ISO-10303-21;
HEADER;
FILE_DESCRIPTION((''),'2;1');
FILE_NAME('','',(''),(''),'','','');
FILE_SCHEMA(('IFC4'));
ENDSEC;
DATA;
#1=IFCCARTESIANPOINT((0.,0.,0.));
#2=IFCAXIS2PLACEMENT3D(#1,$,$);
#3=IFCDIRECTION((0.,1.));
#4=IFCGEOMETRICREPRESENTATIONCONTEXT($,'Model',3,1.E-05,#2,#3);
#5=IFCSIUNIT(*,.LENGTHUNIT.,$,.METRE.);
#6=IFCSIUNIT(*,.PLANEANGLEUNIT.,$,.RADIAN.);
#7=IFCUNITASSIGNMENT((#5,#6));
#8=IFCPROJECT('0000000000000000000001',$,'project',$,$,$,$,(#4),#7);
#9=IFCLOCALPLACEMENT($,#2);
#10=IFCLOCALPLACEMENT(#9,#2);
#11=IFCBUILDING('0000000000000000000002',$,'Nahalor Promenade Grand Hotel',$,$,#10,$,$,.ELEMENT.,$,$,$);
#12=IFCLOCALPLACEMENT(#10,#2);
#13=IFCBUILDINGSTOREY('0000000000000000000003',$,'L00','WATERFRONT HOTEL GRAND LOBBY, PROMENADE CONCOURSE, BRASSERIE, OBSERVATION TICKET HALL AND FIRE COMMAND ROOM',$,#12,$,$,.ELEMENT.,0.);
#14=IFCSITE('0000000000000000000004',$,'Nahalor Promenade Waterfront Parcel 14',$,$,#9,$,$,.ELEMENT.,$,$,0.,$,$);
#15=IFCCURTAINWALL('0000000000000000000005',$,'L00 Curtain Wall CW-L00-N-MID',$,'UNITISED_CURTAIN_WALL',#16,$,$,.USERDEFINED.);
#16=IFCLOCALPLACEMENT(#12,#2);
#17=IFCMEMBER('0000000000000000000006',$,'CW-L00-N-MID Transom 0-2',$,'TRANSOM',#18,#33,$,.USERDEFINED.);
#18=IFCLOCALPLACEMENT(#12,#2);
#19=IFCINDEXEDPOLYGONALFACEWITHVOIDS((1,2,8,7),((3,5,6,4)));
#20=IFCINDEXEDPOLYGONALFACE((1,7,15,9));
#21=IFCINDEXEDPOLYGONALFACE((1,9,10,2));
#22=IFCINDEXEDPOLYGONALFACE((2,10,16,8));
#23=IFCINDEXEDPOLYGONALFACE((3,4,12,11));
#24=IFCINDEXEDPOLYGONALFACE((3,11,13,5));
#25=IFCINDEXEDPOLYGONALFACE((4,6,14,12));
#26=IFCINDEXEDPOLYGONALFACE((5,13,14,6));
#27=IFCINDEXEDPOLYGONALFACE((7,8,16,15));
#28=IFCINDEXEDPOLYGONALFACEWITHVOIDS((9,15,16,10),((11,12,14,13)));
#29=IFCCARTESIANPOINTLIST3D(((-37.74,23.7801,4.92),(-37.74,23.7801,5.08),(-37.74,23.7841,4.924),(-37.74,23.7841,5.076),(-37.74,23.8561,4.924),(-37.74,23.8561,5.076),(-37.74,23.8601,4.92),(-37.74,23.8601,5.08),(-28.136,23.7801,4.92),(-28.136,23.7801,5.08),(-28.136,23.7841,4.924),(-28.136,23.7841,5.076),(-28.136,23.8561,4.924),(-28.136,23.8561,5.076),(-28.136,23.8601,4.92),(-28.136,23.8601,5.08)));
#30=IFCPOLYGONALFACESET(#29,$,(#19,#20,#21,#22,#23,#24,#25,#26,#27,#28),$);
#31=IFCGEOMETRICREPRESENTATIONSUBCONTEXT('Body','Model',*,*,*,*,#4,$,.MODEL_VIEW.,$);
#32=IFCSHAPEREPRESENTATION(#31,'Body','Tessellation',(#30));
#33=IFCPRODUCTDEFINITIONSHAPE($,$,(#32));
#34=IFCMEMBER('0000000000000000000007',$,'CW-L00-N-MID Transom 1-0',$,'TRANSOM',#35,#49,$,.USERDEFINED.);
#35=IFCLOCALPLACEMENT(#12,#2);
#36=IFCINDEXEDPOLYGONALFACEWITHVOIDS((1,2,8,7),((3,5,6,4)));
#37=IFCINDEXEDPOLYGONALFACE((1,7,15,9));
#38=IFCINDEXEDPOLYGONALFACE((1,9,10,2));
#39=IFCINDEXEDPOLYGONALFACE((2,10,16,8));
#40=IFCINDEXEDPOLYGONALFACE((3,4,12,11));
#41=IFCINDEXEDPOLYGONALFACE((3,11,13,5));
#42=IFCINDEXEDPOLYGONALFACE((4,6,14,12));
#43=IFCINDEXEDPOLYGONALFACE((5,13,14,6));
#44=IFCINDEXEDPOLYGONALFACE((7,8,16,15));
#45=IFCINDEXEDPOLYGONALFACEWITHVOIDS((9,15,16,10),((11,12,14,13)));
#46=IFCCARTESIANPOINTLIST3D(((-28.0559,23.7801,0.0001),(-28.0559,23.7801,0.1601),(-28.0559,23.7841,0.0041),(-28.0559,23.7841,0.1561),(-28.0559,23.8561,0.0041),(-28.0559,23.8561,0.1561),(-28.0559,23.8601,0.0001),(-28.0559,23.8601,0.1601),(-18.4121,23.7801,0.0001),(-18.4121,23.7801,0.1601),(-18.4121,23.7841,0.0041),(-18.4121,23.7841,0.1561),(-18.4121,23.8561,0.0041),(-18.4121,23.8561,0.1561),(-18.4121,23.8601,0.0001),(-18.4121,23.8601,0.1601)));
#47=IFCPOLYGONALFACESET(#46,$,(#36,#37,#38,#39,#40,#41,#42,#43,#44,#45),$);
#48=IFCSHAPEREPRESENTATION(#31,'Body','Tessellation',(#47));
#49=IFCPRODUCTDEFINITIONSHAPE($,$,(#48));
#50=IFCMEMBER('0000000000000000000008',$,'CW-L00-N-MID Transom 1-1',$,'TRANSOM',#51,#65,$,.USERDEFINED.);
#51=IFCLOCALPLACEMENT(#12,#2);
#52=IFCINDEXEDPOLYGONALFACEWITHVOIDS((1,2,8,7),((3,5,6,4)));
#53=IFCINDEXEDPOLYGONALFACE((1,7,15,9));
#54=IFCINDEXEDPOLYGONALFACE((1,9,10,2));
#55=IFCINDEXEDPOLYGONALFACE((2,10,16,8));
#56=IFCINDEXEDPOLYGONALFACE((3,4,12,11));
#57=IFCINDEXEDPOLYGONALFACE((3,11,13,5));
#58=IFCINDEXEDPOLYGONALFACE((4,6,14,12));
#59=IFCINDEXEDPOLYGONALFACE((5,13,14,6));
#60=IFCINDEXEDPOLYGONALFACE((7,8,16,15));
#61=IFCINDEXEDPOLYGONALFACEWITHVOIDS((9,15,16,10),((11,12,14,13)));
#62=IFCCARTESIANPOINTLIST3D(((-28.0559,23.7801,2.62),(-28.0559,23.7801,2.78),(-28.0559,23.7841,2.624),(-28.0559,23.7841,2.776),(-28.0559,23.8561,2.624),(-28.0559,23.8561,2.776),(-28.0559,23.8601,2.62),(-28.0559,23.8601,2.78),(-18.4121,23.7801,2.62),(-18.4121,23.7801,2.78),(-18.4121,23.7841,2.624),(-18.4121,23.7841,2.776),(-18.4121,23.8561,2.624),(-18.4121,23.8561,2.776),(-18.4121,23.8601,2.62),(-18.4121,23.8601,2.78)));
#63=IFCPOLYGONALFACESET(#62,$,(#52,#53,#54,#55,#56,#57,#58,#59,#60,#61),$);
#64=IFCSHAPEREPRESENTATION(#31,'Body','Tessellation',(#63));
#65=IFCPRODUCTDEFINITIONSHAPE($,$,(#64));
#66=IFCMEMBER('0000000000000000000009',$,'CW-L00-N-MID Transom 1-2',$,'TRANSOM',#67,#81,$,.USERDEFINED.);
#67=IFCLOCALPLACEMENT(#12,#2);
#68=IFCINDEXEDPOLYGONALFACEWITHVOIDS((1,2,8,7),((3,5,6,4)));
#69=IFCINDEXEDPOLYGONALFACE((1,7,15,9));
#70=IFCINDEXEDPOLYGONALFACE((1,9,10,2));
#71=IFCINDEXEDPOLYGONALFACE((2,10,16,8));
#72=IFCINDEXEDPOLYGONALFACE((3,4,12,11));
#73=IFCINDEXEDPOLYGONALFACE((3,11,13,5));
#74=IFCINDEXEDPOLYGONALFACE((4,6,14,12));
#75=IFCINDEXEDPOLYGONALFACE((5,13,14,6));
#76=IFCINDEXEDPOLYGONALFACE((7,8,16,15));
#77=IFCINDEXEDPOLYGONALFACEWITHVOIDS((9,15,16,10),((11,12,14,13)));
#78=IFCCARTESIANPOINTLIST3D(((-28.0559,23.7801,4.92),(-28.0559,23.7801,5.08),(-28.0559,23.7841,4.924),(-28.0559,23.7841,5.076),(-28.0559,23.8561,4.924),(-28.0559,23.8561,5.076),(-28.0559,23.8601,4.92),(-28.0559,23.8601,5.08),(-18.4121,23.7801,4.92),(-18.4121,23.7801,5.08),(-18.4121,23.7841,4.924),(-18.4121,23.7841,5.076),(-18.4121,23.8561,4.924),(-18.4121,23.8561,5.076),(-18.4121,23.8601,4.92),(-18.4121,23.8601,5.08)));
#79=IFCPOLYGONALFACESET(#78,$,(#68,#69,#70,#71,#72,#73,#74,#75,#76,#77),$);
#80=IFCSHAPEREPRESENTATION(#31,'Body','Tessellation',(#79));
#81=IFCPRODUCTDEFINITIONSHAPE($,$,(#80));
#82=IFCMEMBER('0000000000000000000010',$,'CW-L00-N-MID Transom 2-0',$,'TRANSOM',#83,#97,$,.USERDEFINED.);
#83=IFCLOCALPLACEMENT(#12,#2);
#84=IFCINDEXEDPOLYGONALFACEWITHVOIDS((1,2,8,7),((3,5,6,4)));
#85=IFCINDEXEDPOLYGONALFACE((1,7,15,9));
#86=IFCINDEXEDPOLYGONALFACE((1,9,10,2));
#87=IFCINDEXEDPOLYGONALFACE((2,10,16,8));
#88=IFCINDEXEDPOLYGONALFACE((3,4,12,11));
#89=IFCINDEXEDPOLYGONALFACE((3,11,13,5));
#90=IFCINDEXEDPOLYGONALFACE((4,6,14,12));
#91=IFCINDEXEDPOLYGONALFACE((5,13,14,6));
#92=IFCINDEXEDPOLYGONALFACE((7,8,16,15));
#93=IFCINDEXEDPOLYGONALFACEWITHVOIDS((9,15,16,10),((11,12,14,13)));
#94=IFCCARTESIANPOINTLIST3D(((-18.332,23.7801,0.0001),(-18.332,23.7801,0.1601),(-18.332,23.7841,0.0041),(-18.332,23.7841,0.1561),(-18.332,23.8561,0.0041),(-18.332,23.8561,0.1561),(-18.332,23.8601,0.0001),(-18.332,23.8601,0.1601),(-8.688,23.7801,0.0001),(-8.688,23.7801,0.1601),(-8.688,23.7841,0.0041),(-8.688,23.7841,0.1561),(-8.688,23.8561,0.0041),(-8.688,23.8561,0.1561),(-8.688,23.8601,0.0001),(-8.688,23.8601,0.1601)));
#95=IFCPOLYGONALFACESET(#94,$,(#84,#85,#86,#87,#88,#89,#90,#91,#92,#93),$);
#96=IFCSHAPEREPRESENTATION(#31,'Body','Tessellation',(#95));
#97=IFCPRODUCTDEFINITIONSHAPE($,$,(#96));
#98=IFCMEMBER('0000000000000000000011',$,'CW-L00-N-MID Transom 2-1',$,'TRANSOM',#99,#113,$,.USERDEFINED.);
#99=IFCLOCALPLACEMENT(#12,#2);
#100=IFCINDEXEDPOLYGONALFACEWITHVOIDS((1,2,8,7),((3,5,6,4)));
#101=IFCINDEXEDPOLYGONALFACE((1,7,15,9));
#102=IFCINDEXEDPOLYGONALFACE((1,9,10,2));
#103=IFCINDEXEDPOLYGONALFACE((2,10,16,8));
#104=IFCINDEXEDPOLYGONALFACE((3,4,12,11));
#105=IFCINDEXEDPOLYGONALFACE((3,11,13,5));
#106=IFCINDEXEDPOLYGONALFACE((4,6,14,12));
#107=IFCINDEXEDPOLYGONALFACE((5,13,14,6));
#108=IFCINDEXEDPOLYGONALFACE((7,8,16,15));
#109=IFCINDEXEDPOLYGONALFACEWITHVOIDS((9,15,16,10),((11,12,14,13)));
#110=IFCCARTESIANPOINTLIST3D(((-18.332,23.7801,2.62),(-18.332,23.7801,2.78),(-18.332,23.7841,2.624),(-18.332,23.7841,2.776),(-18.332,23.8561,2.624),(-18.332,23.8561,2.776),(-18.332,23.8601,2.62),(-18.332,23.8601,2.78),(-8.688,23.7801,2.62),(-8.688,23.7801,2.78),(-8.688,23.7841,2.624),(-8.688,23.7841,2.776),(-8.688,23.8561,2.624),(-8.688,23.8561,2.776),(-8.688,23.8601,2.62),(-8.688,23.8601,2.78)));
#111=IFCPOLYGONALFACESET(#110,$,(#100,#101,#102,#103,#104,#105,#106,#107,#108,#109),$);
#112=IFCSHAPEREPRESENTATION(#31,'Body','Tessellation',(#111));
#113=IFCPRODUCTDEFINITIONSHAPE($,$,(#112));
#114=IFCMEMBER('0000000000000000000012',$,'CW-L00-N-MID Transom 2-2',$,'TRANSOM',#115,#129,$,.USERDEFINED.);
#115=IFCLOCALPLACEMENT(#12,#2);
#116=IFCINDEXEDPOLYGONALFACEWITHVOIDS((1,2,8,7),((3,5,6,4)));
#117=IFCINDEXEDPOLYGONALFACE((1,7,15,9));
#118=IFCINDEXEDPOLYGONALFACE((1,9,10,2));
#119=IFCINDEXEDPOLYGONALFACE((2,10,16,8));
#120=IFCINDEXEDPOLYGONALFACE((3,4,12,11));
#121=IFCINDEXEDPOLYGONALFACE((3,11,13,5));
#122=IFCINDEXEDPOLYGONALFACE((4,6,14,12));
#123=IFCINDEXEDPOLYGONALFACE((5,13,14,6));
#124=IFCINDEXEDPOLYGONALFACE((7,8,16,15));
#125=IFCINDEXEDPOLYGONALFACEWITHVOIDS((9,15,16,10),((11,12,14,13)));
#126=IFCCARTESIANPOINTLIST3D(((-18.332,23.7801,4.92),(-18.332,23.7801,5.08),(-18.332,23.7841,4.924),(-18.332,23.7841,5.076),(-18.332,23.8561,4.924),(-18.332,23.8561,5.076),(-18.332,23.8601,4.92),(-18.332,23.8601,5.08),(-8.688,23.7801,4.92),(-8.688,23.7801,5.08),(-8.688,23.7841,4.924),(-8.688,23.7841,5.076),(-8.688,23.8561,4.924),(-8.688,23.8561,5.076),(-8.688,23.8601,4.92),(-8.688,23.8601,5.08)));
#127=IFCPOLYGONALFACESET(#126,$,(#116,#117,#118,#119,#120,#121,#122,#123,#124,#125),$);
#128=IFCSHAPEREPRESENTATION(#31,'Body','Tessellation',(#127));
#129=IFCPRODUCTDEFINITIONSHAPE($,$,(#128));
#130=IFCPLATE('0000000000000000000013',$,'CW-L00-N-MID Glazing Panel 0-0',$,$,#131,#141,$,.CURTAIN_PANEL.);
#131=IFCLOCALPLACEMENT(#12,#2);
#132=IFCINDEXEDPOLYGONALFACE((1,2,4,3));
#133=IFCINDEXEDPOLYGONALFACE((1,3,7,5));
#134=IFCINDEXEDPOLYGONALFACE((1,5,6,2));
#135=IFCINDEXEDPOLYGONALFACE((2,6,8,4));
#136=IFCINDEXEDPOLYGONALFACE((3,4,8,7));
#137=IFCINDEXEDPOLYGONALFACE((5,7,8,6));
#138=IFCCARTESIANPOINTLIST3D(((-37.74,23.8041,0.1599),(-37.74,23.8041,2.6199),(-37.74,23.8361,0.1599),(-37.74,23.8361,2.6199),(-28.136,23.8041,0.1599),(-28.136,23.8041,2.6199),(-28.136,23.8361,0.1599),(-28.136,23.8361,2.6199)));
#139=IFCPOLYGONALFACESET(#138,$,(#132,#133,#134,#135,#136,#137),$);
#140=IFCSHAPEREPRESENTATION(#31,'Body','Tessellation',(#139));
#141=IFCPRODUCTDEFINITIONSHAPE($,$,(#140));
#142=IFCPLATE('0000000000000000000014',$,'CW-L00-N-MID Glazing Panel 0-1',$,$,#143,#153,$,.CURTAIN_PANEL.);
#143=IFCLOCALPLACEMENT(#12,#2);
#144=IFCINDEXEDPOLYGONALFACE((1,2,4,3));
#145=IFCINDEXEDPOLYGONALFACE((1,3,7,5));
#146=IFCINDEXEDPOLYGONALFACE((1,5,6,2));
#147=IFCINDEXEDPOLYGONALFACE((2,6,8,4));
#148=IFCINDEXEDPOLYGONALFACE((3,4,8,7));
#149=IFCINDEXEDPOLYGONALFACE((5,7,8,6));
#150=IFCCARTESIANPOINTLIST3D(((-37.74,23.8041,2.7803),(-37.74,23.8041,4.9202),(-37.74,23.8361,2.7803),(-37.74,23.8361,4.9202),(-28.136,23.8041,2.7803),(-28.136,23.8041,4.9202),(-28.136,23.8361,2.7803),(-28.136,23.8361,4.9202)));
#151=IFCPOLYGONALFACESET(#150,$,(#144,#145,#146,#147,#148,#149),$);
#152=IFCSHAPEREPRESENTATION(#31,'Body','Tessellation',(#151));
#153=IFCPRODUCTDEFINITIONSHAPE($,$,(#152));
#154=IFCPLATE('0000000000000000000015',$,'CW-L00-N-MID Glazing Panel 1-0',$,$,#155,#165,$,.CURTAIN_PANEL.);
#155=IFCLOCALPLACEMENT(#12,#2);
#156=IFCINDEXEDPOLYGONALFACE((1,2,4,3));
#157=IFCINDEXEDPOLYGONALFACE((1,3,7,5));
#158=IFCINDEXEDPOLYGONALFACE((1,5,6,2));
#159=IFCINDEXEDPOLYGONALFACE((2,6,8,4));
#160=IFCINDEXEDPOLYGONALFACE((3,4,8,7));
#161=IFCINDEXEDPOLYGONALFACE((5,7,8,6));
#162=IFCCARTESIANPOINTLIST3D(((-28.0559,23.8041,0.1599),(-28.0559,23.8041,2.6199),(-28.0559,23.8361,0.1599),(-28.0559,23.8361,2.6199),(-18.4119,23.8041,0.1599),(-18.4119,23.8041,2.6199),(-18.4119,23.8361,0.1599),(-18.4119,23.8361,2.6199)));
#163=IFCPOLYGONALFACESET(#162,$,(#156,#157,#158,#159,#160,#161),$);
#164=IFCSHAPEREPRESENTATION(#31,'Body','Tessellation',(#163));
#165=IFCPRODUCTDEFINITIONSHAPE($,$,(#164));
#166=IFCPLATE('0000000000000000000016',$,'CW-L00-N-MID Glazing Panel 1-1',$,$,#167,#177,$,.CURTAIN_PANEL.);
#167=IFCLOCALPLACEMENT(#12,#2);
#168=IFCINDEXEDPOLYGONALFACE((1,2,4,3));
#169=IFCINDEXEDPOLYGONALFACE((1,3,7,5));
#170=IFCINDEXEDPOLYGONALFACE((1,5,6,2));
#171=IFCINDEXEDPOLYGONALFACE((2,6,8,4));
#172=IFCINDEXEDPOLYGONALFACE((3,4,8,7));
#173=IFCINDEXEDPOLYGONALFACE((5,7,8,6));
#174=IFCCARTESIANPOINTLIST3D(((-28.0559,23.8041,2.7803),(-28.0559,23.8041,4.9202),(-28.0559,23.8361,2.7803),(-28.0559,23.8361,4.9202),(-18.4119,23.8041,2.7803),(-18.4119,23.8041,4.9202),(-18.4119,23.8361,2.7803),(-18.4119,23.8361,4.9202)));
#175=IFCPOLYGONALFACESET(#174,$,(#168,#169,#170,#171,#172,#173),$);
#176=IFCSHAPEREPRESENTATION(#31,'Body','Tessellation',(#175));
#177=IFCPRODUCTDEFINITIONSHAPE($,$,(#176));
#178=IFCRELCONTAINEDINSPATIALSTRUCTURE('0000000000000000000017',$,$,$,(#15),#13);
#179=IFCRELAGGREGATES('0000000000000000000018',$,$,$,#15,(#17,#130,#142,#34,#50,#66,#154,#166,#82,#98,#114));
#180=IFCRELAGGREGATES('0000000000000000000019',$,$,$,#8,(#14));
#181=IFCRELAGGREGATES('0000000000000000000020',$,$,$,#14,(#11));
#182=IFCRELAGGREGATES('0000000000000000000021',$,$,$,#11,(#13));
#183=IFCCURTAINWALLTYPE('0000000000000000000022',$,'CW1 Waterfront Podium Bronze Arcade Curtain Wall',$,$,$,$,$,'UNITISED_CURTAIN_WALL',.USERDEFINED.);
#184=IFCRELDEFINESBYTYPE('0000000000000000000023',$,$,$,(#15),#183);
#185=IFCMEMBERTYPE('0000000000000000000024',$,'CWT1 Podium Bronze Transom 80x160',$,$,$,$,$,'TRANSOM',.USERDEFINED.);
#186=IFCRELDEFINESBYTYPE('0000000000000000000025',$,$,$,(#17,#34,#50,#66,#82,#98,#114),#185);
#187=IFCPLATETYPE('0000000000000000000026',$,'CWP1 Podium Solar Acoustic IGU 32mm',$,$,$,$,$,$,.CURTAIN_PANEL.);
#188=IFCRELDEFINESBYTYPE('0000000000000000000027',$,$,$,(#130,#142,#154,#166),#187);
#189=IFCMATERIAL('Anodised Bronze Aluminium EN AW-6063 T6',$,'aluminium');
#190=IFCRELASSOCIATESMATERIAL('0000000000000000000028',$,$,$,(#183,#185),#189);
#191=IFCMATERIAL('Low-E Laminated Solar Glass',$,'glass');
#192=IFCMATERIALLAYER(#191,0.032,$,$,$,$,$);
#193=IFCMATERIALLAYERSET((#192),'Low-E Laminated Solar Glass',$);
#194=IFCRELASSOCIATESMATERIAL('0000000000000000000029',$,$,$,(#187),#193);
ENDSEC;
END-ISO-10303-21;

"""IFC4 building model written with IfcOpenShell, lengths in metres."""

from ifc_helpers import new_model, si_unit, direction, frame, origin, origin_2d, place, context, subcontext, project, spatial, rectangle, hollow_rectangle, extrude, source, transform, mapped, material, layer, layer_set, material_profile, profile_set, type_object, element, aggregate, save


model = new_model("IFC4")

# Units and contexts
model_context = context("Model", 3, precision=1e-05, world=origin(), true_north=direction((0.0, 1.0)))
body_context = subcontext(model_context, "Body", "Model", "MODEL_VIEW")
ifc_project = project(units=[si_unit("LENGTHUNIT", "METRE"), si_unit("PLANEANGLEUNIT", "RADIAN")], contexts=[model_context])

# Site, building, storey
site_placement = place(None, origin())
site = spatial("IfcSite", under=ifc_project, at=site_placement, Name="Nahalor Promenade Waterfront Parcel 14", CompositionType="ELEMENT", RefElevation=0.0)
building_placement = place(site_placement, origin())
building = spatial("IfcBuilding", under=site, at=building_placement, Name="Nahalor Promenade Grand Hotel", CompositionType="ELEMENT")
storey_placement = place(building_placement, origin())
storey = spatial("IfcBuildingStorey", under=building, at=storey_placement, Name="L00", Description="WATERFRONT HOTEL GRAND LOBBY, PROMENADE CONCOURSE, BRASSERIE, OBSERVATION TICKET HALL AND FIRE COMMAND ROOM", CompositionType="ELEMENT", Elevation=0.0)

# Curtain wall
ifc_material_1 = material(Name="Anodised Bronze Aluminium EN AW-6063 T6", Category="aluminium")
curtain_wall_type = type_object("IfcCurtainWallType", Name="CW1 Waterfront Podium Bronze Arcade Curtain Wall", ElementType="UNITISED_CURTAIN_WALL", PredefinedType="USERDEFINED", material=ifc_material_1)
curtain_wall_1_placement = place(storey_placement, origin())
curtain_wall_1 = element("IfcCurtainWall", 1, at=curtain_wall_1_placement, inside=storey, type_object=curtain_wall_type, Name="L00 Curtain Wall CW-L00-N-MID", ObjectType="UNITISED_CURTAIN_WALL", PredefinedType="USERDEFINED")

# Members
ifc_material_profile_1 = material_profile(ifc_material_1, hollow_rectangle(XDim=0.08, YDim=0.16, WallThickness=0.004, at=origin_2d()), Name="CWT 80x160x4")
ifc_profile_set_1 = profile_set([ifc_material_profile_1], Name="Anodised Bronze Aluminium EN AW-6063 T6")
member_type_1 = type_object("IfcMemberType", Name="CWT1 Podium Bronze Transom 80x160", ElementType="TRANSOM", PredefinedType="USERDEFINED", material=ifc_profile_set_1)
shared_shape_1 = source(origin(), body_context, "Body", "SweptSolid", [
    extrude(hollow_rectangle(XDim=0.08, YDim=0.16, WallThickness=0.004, at=origin_2d()), origin(), (0.0, 0.0, 1.0), 9.604),
])
member_1_placement = place(storey_placement, frame((-37.74, 23.8201, 5.0), z_axis=(1.0, 0.0, 0.0), x_axis=(0.0, 1.0, 0.0)))
member_1 = element("IfcMember", 2, at=member_1_placement, type_object=member_type_1, Name="CW-L00-N-MID Transom 0-2", ObjectType="TRANSOM", PredefinedType="USERDEFINED", context=body_context, shape_type="MappedRepresentation", body=[
    mapped(shared_shape_1, transform((0.0, 0.0, 0.0), scale=1.0)),
])
shared_shape_2 = source(origin(), body_context, "Body", "SweptSolid", [
    extrude(hollow_rectangle(XDim=0.08, YDim=0.16, WallThickness=0.004, at=origin_2d()), origin(), (0.0, 0.0, 1.0), 9.6438),
])
member_2_placement = place(storey_placement, frame((-28.0559, 23.8201, 0.0801), z_axis=(1.0, 0.0, 0.0), x_axis=(0.0, 1.0, 0.0)))
member_2 = element("IfcMember", 3, at=member_2_placement, type_object=member_type_1, Name="CW-L00-N-MID Transom 1-0", ObjectType="TRANSOM", PredefinedType="USERDEFINED", context=body_context, shape_type="MappedRepresentation", body=[
    mapped(shared_shape_2, transform((0.0, 0.0, 0.0), scale=1.0)),
])
member_3_placement = place(storey_placement, frame((-28.0559, 23.8201, 2.7), z_axis=(1.0, 0.0, 0.0), x_axis=(0.0, 1.0, 0.0)))
member_3 = element("IfcMember", 4, at=member_3_placement, type_object=member_type_1, Name="CW-L00-N-MID Transom 1-1", ObjectType="TRANSOM", PredefinedType="USERDEFINED", context=body_context, shape_type="MappedRepresentation", body=[
    mapped(shared_shape_2, transform((0.0, 0.0, 0.0), scale=1.0)),
])
member_4_placement = place(storey_placement, frame((-28.0559, 23.8201, 5.0), z_axis=(1.0, 0.0, 0.0), x_axis=(0.0, 1.0, 0.0)))
member_4 = element("IfcMember", 5, at=member_4_placement, type_object=member_type_1, Name="CW-L00-N-MID Transom 1-2", ObjectType="TRANSOM", PredefinedType="USERDEFINED", context=body_context, shape_type="MappedRepresentation", body=[
    mapped(shared_shape_2, transform((0.0, 0.0, 0.0), scale=1.0)),
])
shared_shape_3 = source(origin(), body_context, "Body", "SweptSolid", [
    extrude(hollow_rectangle(XDim=0.08, YDim=0.16, WallThickness=0.004, at=origin_2d()), origin(), (0.0, 0.0, 1.0), 9.644),
])
member_5_placement = place(storey_placement, frame((-18.332, 23.8201, 0.0801), z_axis=(1.0, 0.0, 0.0), x_axis=(0.0, 1.0, 0.0)))
member_5 = element("IfcMember", 6, at=member_5_placement, type_object=member_type_1, Name="CW-L00-N-MID Transom 2-0", ObjectType="TRANSOM", PredefinedType="USERDEFINED", context=body_context, shape_type="MappedRepresentation", body=[
    mapped(shared_shape_3, transform((0.0, 0.0, 0.0), scale=1.0)),
])
member_6_placement = place(storey_placement, frame((-18.332, 23.8201, 2.7), z_axis=(1.0, 0.0, 0.0), x_axis=(0.0, 1.0, 0.0)))
member_6 = element("IfcMember", 7, at=member_6_placement, type_object=member_type_1, Name="CW-L00-N-MID Transom 2-1", ObjectType="TRANSOM", PredefinedType="USERDEFINED", context=body_context, shape_type="MappedRepresentation", body=[
    mapped(shared_shape_3, transform((0.0, 0.0, 0.0), scale=1.0)),
])
member_7_placement = place(storey_placement, frame((-18.332, 23.8201, 5.0), z_axis=(1.0, 0.0, 0.0), x_axis=(0.0, 1.0, 0.0)))
member_7 = element("IfcMember", 8, at=member_7_placement, type_object=member_type_1, Name="CW-L00-N-MID Transom 2-2", ObjectType="TRANSOM", PredefinedType="USERDEFINED", context=body_context, shape_type="MappedRepresentation", body=[
    mapped(shared_shape_3, transform((0.0, 0.0, 0.0), scale=1.0)),
])

# Plates
ifc_material_2 = material(Name="Low-E Laminated Solar Glass", Category="glass")
ifc_layer = layer(ifc_material_2, 0.032)
ifc_layer_set = layer_set([ifc_layer], Name="Low-E Laminated Solar Glass")
plate_type = type_object("IfcPlateType", Name="CWP1 Podium Solar Acoustic IGU 32mm", PredefinedType="CURTAIN_PANEL", material=ifc_layer_set)
shared_shape_4 = source(origin(), body_context, "Body", "SweptSolid", [
    extrude(rectangle(XDim=9.604, YDim=0.032, at=origin_2d()), origin(), (0.0, 0.0, 1.0), 2.46),
])
plate_1_placement = place(storey_placement, frame((-32.938, 23.8201, 0.1599), z_axis=(0.0, 0.0, 1.0), x_axis=(1.0, 0.0, 0.0)))
plate_1 = element("IfcPlate", 9, at=plate_1_placement, type_object=plate_type, Name="CW-L00-N-MID Glazing Panel 0-0", PredefinedType="CURTAIN_PANEL", context=body_context, shape_type="MappedRepresentation", body=[
    mapped(shared_shape_4, transform((0.0, 0.0, 0.0), scale=1.0)),
])
shared_shape_5 = source(origin(), body_context, "Body", "SweptSolid", [
    extrude(rectangle(XDim=9.604, YDim=0.032, at=origin_2d()), origin(), (0.0, 0.0, 1.0), 2.1399),
])
plate_2_placement = place(storey_placement, frame((-32.938, 23.8201, 2.7803), z_axis=(0.0, 0.0, 1.0), x_axis=(1.0, 0.0, 0.0)))
plate_2 = element("IfcPlate", 10, at=plate_2_placement, type_object=plate_type, Name="CW-L00-N-MID Glazing Panel 0-1", PredefinedType="CURTAIN_PANEL", context=body_context, shape_type="MappedRepresentation", body=[
    mapped(shared_shape_5, transform((0.0, 0.0, 0.0), scale=1.0)),
])
shared_shape_6 = source(origin(), body_context, "Body", "SweptSolid", [
    extrude(rectangle(XDim=9.644, YDim=0.032, at=origin_2d()), origin(), (0.0, 0.0, 1.0), 2.46),
])
plate_3_placement = place(storey_placement, frame((-23.2339, 23.8201, 0.1599), z_axis=(0.0, 0.0, 1.0), x_axis=(1.0, 0.0, 0.0)))
plate_3 = element("IfcPlate", 11, at=plate_3_placement, type_object=plate_type, Name="CW-L00-N-MID Glazing Panel 1-0", PredefinedType="CURTAIN_PANEL", context=body_context, shape_type="MappedRepresentation", body=[
    mapped(shared_shape_6, transform((0.0, 0.0, 0.0), scale=1.0)),
])
shared_shape_7 = source(origin(), body_context, "Body", "SweptSolid", [
    extrude(rectangle(XDim=9.644, YDim=0.032, at=origin_2d()), origin(), (0.0, 0.0, 1.0), 2.1399),
])
plate_4_placement = place(storey_placement, frame((-23.2339, 23.8201, 2.7803), z_axis=(0.0, 0.0, 1.0), x_axis=(1.0, 0.0, 0.0)))
plate_4 = element("IfcPlate", 12, at=plate_4_placement, type_object=plate_type, Name="CW-L00-N-MID Glazing Panel 1-1", PredefinedType="CURTAIN_PANEL", context=body_context, shape_type="MappedRepresentation", body=[
    mapped(shared_shape_7, transform((0.0, 0.0, 0.0), scale=1.0)),
])
aggregate(curtain_wall_1, [member_1, plate_1, plate_2, member_2, member_3, member_4, plate_3, plate_4, member_5, member_6, member_7])

save(model, "model.ifc")
